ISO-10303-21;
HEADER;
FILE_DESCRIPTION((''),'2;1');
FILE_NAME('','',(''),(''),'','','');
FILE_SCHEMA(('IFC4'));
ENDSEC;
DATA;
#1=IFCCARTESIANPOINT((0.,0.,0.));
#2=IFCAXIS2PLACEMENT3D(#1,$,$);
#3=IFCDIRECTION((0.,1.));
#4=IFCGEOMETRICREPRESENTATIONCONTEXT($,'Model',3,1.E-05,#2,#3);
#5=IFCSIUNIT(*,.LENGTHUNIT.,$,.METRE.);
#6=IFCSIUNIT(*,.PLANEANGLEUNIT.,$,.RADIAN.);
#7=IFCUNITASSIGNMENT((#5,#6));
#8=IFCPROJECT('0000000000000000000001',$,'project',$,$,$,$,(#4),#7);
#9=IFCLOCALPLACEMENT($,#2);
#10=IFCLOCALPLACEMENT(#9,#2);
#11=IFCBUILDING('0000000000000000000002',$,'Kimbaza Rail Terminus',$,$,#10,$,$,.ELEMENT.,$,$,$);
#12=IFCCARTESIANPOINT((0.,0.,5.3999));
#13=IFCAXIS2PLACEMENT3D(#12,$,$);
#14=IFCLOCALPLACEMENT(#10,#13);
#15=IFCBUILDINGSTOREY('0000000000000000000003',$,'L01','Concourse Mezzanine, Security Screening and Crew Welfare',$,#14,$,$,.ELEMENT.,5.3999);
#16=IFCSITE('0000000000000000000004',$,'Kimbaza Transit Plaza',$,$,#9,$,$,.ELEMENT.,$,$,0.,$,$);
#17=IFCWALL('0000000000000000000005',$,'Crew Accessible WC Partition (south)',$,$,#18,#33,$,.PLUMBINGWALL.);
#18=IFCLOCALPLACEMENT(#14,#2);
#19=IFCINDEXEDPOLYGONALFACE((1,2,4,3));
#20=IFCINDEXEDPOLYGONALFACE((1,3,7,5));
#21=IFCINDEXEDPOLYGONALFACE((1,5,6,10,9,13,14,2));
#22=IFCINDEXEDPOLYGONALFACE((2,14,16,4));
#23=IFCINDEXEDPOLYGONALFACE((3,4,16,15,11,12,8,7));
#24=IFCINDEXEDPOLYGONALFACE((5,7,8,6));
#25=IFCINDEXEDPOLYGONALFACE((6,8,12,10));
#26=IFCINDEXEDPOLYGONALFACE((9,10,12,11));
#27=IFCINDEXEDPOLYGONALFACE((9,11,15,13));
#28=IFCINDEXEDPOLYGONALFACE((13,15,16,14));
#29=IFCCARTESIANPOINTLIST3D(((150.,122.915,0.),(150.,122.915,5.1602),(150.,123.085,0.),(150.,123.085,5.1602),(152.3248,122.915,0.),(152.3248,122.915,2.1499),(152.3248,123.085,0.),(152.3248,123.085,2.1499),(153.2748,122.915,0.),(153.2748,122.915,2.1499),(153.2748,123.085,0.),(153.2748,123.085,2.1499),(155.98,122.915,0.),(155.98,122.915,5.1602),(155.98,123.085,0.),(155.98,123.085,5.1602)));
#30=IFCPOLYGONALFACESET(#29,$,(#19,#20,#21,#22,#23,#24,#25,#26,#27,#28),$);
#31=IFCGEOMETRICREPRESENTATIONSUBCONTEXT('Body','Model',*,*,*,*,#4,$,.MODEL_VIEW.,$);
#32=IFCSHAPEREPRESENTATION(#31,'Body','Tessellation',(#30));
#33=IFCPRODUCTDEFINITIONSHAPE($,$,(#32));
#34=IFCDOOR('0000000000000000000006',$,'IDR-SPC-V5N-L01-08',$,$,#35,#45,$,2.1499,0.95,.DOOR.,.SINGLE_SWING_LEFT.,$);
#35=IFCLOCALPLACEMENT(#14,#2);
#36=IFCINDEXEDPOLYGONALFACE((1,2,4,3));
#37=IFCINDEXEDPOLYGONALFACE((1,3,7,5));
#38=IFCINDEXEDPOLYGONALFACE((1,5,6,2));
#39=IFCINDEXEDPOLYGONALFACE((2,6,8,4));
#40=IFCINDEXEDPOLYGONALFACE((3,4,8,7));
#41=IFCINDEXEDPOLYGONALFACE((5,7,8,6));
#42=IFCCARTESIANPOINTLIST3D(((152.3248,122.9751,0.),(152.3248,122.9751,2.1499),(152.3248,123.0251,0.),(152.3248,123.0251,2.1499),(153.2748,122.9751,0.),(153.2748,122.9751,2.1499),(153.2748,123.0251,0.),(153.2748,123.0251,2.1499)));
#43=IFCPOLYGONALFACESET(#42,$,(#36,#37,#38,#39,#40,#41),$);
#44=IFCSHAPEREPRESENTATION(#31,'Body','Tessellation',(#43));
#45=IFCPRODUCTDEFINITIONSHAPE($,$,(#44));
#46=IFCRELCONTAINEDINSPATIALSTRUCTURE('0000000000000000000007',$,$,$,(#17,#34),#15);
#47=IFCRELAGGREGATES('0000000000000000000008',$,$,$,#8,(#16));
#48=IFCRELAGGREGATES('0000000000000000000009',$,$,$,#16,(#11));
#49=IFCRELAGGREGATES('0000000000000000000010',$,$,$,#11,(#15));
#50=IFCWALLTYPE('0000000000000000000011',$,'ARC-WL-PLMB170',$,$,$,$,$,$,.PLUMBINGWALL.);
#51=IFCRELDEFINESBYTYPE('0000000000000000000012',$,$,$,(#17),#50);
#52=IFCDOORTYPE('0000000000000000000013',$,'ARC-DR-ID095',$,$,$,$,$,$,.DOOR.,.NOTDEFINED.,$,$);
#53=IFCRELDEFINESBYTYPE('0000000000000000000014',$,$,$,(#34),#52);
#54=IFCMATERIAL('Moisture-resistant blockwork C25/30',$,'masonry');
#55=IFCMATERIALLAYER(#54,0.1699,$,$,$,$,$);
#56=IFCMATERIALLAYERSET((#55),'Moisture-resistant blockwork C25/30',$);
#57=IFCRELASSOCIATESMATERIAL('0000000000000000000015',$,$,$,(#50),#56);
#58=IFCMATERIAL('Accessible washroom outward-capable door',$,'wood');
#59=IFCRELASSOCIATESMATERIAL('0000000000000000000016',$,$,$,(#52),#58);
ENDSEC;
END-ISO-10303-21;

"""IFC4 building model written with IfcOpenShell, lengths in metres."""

from ifc_helpers import new_model, si_unit, direction, frame, frame_2d, origin, place, context, subcontext, project, spatial, rectangle, extrude, material, layer, layer_set, type_object, element, fill, save


model = new_model("IFC4")

# Units and contexts
model_context = context("Model", 3, precision=1e-05, world=origin(), true_north=direction((0.0, 1.0)))
body_context = subcontext(model_context, "Body", "Model", "MODEL_VIEW")
ifc_project = project(units=[si_unit("LENGTHUNIT", "METRE"), si_unit("PLANEANGLEUNIT", "RADIAN")], contexts=[model_context])

# Site, building, storey
site_placement = place(None, origin())
site = spatial("IfcSite", under=ifc_project, at=site_placement, Name="Kimbaza Transit Plaza", CompositionType="ELEMENT", RefElevation=0.0)
building_placement = place(site_placement, origin())
building = spatial("IfcBuilding", under=site, at=building_placement, Name="Kimbaza Rail Terminus", CompositionType="ELEMENT")
storey_placement = place(building_placement, frame((0.0, 0.0, 5.3999)))
storey = spatial("IfcBuildingStorey", under=building, at=storey_placement, Name="L01", Description="Concourse Mezzanine, Security Screening and Crew Welfare", CompositionType="ELEMENT", Elevation=5.3999)

# Shared definitions
ifc_material_1 = material(Name="Moisture-resistant blockwork C25/30", Category="masonry")
ifc_layer_1 = layer(ifc_material_1, 0.1699)
ifc_layer_set_1 = layer_set([ifc_layer_1], Name="Moisture-resistant blockwork C25/30")
wall_type_1 = type_object("IfcWallType", Name="ARC-WL-PLMB170", PredefinedType="PLUMBINGWALL", material=ifc_layer_set_1)
ifc_material_2 = material(Name="Accessible washroom outward-capable door", Category="wood")
door_type_1 = type_object("IfcDoorType", Name="ARC-DR-ID095", OperationType="NOTDEFINED", PredefinedType="DOOR", material=ifc_material_2)

# Wall, opening, door
wall_1_placement = place(storey_placement, frame((150.0, 123.0, 0.0), z_axis=(0.0, 0.0, 1.0), x_axis=(1.0, 0.0, 0.0)))
wall_1 = element("IfcWall", 1, at=wall_1_placement, inside=storey, type_object=wall_type_1, Name="Crew Accessible WC Partition (south)", PredefinedType="PLUMBINGWALL", context=body_context, shape_type="SweptSolid", body=[
    extrude(rectangle(XDim=5.98, YDim=0.1699, at=frame_2d((2.99, 0.0))), origin(), (0.0, 0.0, 1.0), 5.1602),
])
opening_1_placement = place(wall_1_placement, frame((3.2749, 0.0, 0.0), z_axis=(0.0, 0.0, 1.0), x_axis=(-1.0, 0.0, 0.0)))
opening_1 = element("IfcOpeningElement", 2, at=opening_1_placement, cuts=wall_1, PredefinedType="OPENING", context=body_context, shape_type="SweptSolid", body=[
    extrude(rectangle(XDim=0.95, YDim=2.1499, at=frame_2d((0.4751, 1.075))), frame((0.0, 0.095, 0.0), z_axis=(0.0, -1.0, 0.0), x_axis=(1.0, 0.0, 0.0)), (0.0, 0.0, 1.0), 0.1899),
])
door_1_placement = place(opening_1_placement, origin())
door_1 = element("IfcDoor", 3, at=door_1_placement, inside=storey, type_object=door_type_1, Name="IDR-SPC-V5N-L01-08", OperationType="SINGLE_SWING_LEFT", OverallHeight=2.1499, OverallWidth=0.95, PredefinedType="DOOR", context=body_context, shape_type="SweptSolid", body=[
    extrude(rectangle(XDim=0.95, YDim=2.1499, at=frame_2d((0.4751, 1.075))), frame((0.0, 0.0249, 0.0), z_axis=(0.0, -1.0, 0.0), x_axis=(1.0, 0.0, 0.0)), (0.0, 0.0, 1.0), 0.05),
])
fill(opening_1, door_1)

save(model, "model.ifc")
